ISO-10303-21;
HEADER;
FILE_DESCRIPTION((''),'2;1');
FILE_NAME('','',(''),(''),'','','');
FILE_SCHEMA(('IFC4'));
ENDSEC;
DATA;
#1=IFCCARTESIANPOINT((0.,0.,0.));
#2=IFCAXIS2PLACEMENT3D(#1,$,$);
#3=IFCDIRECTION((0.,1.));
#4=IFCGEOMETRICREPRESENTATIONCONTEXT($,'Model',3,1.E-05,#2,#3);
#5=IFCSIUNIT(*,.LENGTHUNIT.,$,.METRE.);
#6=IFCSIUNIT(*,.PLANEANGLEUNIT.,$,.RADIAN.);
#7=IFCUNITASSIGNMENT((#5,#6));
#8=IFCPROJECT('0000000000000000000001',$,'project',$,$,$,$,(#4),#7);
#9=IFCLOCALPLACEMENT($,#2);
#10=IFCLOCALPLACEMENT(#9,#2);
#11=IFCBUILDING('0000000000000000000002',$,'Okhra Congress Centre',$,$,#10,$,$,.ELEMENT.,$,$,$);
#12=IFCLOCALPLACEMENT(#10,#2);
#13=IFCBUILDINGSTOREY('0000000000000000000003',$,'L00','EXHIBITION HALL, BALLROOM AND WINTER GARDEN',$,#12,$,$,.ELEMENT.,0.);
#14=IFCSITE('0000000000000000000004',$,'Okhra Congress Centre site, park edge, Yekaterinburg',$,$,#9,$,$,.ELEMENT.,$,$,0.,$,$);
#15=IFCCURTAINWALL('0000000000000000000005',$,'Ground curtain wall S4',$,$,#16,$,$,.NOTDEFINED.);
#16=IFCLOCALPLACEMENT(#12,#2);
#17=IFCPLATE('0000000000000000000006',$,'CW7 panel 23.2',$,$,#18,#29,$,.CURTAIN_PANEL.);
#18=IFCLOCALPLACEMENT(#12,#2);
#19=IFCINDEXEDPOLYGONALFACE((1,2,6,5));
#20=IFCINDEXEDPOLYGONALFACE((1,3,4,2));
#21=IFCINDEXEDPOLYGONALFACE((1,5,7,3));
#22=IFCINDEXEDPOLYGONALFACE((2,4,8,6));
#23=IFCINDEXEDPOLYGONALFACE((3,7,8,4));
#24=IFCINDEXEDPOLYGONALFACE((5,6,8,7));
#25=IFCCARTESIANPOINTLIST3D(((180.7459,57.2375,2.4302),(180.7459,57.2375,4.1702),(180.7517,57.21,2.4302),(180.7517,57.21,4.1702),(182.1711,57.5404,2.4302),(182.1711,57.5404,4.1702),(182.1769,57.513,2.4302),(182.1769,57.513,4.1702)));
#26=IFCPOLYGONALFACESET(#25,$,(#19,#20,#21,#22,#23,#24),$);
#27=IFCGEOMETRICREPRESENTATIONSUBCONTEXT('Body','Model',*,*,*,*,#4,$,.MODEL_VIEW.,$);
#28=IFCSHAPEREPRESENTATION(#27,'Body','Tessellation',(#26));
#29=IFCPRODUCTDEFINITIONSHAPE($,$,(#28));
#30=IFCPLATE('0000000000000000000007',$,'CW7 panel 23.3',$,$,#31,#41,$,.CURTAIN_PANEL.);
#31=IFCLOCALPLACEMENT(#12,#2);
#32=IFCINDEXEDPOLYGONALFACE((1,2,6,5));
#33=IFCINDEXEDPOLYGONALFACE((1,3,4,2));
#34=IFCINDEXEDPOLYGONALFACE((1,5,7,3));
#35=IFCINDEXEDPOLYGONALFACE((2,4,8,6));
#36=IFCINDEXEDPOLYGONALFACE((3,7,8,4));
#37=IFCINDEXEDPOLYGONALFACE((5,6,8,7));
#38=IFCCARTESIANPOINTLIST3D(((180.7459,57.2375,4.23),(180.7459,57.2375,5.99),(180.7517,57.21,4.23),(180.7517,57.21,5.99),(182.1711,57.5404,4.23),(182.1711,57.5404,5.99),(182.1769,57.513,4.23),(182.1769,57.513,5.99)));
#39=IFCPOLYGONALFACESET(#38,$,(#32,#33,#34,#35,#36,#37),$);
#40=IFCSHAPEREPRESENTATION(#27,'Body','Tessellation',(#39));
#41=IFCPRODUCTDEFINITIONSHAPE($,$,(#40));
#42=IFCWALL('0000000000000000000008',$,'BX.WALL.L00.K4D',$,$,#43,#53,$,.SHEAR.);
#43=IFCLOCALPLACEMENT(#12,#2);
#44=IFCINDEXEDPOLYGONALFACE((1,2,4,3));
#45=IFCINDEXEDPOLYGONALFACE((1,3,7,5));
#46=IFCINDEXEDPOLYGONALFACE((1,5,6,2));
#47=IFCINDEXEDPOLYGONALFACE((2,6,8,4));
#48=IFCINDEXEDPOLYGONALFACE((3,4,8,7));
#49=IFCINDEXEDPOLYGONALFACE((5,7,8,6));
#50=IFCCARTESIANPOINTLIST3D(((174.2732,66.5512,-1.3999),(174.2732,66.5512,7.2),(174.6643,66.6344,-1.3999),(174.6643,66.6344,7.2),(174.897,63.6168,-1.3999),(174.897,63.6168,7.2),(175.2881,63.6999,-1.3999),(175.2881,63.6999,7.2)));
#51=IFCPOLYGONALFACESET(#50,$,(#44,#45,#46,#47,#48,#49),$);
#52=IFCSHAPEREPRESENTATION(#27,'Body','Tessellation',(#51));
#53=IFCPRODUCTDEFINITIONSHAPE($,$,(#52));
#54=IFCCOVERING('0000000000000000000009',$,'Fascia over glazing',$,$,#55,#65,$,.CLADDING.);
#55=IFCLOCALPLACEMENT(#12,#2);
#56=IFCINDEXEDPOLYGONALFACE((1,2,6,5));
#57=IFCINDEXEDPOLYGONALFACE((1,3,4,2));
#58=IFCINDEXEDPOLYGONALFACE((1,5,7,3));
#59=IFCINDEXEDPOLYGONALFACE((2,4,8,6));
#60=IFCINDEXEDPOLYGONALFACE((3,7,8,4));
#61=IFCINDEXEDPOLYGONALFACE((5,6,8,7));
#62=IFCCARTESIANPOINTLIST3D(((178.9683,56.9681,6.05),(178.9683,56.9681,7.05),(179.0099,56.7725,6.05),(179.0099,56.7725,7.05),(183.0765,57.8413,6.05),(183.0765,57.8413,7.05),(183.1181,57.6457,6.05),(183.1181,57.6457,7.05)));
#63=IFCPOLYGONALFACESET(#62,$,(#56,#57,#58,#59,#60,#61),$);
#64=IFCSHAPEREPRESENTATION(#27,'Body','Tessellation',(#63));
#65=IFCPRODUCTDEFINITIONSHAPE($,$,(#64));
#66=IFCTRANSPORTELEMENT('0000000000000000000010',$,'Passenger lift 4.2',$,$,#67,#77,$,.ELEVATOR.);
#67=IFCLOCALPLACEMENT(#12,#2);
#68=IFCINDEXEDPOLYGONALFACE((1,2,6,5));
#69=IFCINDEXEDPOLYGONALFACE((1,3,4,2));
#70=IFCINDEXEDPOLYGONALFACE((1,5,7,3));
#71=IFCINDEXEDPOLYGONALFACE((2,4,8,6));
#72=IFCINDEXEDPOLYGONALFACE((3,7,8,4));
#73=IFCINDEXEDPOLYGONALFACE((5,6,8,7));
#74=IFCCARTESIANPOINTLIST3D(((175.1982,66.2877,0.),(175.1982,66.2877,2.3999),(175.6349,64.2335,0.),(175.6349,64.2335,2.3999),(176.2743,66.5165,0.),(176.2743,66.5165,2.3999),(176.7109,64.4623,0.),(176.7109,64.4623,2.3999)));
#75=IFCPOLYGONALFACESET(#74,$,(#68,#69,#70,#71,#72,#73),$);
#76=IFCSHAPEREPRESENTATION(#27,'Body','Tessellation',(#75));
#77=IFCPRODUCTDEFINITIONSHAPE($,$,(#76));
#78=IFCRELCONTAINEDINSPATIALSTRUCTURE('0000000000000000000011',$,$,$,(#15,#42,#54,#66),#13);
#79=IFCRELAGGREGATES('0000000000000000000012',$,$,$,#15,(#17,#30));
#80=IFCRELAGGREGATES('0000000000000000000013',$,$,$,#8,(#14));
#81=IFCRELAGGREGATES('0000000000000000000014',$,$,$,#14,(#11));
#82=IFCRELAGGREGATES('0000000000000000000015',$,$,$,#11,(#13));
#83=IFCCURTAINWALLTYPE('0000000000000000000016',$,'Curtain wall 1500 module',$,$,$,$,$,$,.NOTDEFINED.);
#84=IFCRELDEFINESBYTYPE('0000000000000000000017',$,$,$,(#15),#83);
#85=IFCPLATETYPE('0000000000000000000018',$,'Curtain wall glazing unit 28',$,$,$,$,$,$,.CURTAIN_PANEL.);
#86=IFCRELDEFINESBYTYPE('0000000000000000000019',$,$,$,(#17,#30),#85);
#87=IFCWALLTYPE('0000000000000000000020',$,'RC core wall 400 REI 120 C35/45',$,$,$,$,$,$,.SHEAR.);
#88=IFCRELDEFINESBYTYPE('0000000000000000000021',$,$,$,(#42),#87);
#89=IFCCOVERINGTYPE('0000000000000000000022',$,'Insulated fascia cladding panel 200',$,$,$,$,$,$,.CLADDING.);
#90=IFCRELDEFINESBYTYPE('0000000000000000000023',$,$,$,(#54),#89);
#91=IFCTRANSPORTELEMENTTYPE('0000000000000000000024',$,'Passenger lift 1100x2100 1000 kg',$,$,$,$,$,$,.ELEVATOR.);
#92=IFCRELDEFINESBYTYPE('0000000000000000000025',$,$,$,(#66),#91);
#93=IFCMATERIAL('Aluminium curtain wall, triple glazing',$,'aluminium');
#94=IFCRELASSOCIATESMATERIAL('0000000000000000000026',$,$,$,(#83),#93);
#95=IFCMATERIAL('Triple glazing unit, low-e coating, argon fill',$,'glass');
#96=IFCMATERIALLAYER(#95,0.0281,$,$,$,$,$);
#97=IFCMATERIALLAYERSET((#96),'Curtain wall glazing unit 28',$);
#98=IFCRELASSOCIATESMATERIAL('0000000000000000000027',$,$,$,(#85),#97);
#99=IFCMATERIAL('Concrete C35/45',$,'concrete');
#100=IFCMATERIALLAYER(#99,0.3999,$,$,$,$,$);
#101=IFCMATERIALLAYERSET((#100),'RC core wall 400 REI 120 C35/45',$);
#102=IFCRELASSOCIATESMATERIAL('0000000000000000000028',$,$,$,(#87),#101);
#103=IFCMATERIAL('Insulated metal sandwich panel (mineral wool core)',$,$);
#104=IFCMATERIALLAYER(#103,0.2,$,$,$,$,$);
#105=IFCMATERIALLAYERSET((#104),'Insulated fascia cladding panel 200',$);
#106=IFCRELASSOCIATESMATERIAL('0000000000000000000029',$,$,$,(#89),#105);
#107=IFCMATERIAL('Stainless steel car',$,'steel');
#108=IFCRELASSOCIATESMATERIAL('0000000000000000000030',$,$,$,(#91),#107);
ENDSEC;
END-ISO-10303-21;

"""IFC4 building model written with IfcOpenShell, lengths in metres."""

from ifc_helpers import new_model, si_unit, direction, frame, frame_2d, origin, origin_2d, place, context, subcontext, project, spatial, rectangle, extrude, material, layer, layer_set, type_object, element, aggregate, save


model = new_model("IFC4")

# Units and contexts
model_context = context("Model", 3, precision=1e-05, world=origin(), true_north=direction((0.0, 1.0)))
body_context = subcontext(model_context, "Body", "Model", "MODEL_VIEW")
ifc_project = project(units=[si_unit("LENGTHUNIT", "METRE"), si_unit("PLANEANGLEUNIT", "RADIAN")], contexts=[model_context])

# Site, building, storey
site_placement = place(None, origin())
site = spatial("IfcSite", under=ifc_project, at=site_placement, Name="Okhra Congress Centre site, park edge, Yekaterinburg", CompositionType="ELEMENT", RefElevation=0.0)
building_placement = place(site_placement, origin())
building = spatial("IfcBuilding", under=site, at=building_placement, Name="Okhra Congress Centre", CompositionType="ELEMENT")
storey_placement = place(building_placement, origin())
storey = spatial("IfcBuildingStorey", under=building, at=storey_placement, Name="L00", Description="EXHIBITION HALL, BALLROOM AND WINTER GARDEN", CompositionType="ELEMENT", Elevation=0.0)

# Curtain wall, plates
ifc_material_1 = material(Name="Aluminium curtain wall, triple glazing", Category="aluminium")
curtain_wall_type = type_object("IfcCurtainWallType", Name="Curtain wall 1500 module", PredefinedType="NOTDEFINED", material=ifc_material_1)
curtain_wall_placement = place(storey_placement, origin())
curtain_wall = element("IfcCurtainWall", 1, at=curtain_wall_placement, inside=storey, type_object=curtain_wall_type, Name="Ground curtain wall S4", PredefinedType="NOTDEFINED")
ifc_material_2 = material(Name="Triple glazing unit, low-e coating, argon fill", Category="glass")
ifc_layer_1 = layer(ifc_material_2, 0.0281)
ifc_layer_set_1 = layer_set([ifc_layer_1], Name="Curtain wall glazing unit 28")
plate_type = type_object("IfcPlateType", Name="Curtain wall glazing unit 28", PredefinedType="CURTAIN_PANEL", material=ifc_layer_set_1)
plate_1_placement = place(storey_placement, frame((181.4614, 57.3752, 2.4302), z_axis=(0.0, 0.0, 1.0), x_axis=(0.978148, 0.207912, 0.0)))
plate_1 = element("IfcPlate", 2, at=plate_1_placement, type_object=plate_type, Name="CW7 panel 23.2", PredefinedType="CURTAIN_PANEL", context=body_context, shape_type="SweptSolid", body=[
    extrude(rectangle(XDim=1.457, YDim=0.0281, at=origin_2d()), origin(), (0.0, 0.0, 1.0), 1.74),
])
plate_2_placement = place(storey_placement, frame((181.4614, 57.3752, 4.23), z_axis=(0.0, 0.0, 1.0), x_axis=(0.978148, 0.207912, 0.0)))
plate_2 = element("IfcPlate", 3, at=plate_2_placement, type_object=plate_type, Name="CW7 panel 23.3", PredefinedType="CURTAIN_PANEL", context=body_context, shape_type="SweptSolid", body=[
    extrude(rectangle(XDim=1.457, YDim=0.0281, at=origin_2d()), origin(), (0.0, 0.0, 1.0), 1.76),
])
aggregate(curtain_wall, [plate_1, plate_2])

# Wall
ifc_material_3 = material(Name="Concrete C35/45", Category="concrete")
ifc_layer_2 = layer(ifc_material_3, 0.3999)
ifc_layer_set_2 = layer_set([ifc_layer_2], Name="RC core wall 400 REI 120 C35/45")
wall_type = type_object("IfcWallType", Name="RC core wall 400 REI 120 C35/45", PredefinedType="SHEAR", material=ifc_layer_set_2)
wall_placement = place(storey_placement, frame((174.4688, 66.5928, -1.3999), z_axis=(0.0, 0.0, 1.0), x_axis=(0.207934, -0.978143, 0.0)))
element("IfcWall", 4, at=wall_placement, inside=storey, type_object=wall_type, Name="BX.WALL.L00.K4D", PredefinedType="SHEAR", context=body_context, shape_type="SweptSolid", body=[
    extrude(rectangle(XDim=3.0, YDim=0.3999, at=frame_2d((1.5, 0.0))), origin(), (0.0, 0.0, 1.0), 8.5999),
])

# Covering
ifc_material_4 = material(Name="Insulated metal sandwich panel (mineral wool core)")
ifc_layer_3 = layer(ifc_material_4, 0.2)
ifc_layer_set_3 = layer_set([ifc_layer_3], Name="Insulated fascia cladding panel 200")
covering_type = type_object("IfcCoveringType", Name="Insulated fascia cladding panel 200", PredefinedType="CLADDING", material=ifc_layer_set_3)
covering_placement = place(storey_placement, frame((181.0432, 57.3069, 6.05), z_axis=(0.0, 0.0, 1.0), x_axis=(0.978148, 0.207912, 0.0)))
element("IfcCovering", 5, at=covering_placement, inside=storey, type_object=covering_type, Name="Fascia over glazing", PredefinedType="CLADDING", context=body_context, shape_type="SweptSolid", body=[
    extrude(rectangle(XDim=4.2, YDim=0.2, at=origin_2d()), origin(), (0.0, 0.0, 1.0), 1.0),
])

# Transport element
ifc_material_5 = material(Name="Stainless steel car", Category="steel")
transport_element_type = type_object("IfcTransportElementType", Name="Passenger lift 1100x2100 1000 kg", PredefinedType="ELEVATOR", material=ifc_material_5)
transport_element_placement = place(storey_placement, frame((175.9546, 65.375, 0.0), z_axis=(0.0, 0.0, 1.0), x_axis=(0.978148, 0.207912, 0.0)))
element("IfcTransportElement", 6, at=transport_element_placement, inside=storey, type_object=transport_element_type, Name="Passenger lift 4.2", PredefinedType="ELEVATOR", context=body_context, shape_type="SweptSolid", body=[
    extrude(rectangle(XDim=1.1001, YDim=2.1001, at=origin_2d()), origin(), (0.0, 0.0, 1.0), 2.3999),
])

save(model, "model.ifc")
